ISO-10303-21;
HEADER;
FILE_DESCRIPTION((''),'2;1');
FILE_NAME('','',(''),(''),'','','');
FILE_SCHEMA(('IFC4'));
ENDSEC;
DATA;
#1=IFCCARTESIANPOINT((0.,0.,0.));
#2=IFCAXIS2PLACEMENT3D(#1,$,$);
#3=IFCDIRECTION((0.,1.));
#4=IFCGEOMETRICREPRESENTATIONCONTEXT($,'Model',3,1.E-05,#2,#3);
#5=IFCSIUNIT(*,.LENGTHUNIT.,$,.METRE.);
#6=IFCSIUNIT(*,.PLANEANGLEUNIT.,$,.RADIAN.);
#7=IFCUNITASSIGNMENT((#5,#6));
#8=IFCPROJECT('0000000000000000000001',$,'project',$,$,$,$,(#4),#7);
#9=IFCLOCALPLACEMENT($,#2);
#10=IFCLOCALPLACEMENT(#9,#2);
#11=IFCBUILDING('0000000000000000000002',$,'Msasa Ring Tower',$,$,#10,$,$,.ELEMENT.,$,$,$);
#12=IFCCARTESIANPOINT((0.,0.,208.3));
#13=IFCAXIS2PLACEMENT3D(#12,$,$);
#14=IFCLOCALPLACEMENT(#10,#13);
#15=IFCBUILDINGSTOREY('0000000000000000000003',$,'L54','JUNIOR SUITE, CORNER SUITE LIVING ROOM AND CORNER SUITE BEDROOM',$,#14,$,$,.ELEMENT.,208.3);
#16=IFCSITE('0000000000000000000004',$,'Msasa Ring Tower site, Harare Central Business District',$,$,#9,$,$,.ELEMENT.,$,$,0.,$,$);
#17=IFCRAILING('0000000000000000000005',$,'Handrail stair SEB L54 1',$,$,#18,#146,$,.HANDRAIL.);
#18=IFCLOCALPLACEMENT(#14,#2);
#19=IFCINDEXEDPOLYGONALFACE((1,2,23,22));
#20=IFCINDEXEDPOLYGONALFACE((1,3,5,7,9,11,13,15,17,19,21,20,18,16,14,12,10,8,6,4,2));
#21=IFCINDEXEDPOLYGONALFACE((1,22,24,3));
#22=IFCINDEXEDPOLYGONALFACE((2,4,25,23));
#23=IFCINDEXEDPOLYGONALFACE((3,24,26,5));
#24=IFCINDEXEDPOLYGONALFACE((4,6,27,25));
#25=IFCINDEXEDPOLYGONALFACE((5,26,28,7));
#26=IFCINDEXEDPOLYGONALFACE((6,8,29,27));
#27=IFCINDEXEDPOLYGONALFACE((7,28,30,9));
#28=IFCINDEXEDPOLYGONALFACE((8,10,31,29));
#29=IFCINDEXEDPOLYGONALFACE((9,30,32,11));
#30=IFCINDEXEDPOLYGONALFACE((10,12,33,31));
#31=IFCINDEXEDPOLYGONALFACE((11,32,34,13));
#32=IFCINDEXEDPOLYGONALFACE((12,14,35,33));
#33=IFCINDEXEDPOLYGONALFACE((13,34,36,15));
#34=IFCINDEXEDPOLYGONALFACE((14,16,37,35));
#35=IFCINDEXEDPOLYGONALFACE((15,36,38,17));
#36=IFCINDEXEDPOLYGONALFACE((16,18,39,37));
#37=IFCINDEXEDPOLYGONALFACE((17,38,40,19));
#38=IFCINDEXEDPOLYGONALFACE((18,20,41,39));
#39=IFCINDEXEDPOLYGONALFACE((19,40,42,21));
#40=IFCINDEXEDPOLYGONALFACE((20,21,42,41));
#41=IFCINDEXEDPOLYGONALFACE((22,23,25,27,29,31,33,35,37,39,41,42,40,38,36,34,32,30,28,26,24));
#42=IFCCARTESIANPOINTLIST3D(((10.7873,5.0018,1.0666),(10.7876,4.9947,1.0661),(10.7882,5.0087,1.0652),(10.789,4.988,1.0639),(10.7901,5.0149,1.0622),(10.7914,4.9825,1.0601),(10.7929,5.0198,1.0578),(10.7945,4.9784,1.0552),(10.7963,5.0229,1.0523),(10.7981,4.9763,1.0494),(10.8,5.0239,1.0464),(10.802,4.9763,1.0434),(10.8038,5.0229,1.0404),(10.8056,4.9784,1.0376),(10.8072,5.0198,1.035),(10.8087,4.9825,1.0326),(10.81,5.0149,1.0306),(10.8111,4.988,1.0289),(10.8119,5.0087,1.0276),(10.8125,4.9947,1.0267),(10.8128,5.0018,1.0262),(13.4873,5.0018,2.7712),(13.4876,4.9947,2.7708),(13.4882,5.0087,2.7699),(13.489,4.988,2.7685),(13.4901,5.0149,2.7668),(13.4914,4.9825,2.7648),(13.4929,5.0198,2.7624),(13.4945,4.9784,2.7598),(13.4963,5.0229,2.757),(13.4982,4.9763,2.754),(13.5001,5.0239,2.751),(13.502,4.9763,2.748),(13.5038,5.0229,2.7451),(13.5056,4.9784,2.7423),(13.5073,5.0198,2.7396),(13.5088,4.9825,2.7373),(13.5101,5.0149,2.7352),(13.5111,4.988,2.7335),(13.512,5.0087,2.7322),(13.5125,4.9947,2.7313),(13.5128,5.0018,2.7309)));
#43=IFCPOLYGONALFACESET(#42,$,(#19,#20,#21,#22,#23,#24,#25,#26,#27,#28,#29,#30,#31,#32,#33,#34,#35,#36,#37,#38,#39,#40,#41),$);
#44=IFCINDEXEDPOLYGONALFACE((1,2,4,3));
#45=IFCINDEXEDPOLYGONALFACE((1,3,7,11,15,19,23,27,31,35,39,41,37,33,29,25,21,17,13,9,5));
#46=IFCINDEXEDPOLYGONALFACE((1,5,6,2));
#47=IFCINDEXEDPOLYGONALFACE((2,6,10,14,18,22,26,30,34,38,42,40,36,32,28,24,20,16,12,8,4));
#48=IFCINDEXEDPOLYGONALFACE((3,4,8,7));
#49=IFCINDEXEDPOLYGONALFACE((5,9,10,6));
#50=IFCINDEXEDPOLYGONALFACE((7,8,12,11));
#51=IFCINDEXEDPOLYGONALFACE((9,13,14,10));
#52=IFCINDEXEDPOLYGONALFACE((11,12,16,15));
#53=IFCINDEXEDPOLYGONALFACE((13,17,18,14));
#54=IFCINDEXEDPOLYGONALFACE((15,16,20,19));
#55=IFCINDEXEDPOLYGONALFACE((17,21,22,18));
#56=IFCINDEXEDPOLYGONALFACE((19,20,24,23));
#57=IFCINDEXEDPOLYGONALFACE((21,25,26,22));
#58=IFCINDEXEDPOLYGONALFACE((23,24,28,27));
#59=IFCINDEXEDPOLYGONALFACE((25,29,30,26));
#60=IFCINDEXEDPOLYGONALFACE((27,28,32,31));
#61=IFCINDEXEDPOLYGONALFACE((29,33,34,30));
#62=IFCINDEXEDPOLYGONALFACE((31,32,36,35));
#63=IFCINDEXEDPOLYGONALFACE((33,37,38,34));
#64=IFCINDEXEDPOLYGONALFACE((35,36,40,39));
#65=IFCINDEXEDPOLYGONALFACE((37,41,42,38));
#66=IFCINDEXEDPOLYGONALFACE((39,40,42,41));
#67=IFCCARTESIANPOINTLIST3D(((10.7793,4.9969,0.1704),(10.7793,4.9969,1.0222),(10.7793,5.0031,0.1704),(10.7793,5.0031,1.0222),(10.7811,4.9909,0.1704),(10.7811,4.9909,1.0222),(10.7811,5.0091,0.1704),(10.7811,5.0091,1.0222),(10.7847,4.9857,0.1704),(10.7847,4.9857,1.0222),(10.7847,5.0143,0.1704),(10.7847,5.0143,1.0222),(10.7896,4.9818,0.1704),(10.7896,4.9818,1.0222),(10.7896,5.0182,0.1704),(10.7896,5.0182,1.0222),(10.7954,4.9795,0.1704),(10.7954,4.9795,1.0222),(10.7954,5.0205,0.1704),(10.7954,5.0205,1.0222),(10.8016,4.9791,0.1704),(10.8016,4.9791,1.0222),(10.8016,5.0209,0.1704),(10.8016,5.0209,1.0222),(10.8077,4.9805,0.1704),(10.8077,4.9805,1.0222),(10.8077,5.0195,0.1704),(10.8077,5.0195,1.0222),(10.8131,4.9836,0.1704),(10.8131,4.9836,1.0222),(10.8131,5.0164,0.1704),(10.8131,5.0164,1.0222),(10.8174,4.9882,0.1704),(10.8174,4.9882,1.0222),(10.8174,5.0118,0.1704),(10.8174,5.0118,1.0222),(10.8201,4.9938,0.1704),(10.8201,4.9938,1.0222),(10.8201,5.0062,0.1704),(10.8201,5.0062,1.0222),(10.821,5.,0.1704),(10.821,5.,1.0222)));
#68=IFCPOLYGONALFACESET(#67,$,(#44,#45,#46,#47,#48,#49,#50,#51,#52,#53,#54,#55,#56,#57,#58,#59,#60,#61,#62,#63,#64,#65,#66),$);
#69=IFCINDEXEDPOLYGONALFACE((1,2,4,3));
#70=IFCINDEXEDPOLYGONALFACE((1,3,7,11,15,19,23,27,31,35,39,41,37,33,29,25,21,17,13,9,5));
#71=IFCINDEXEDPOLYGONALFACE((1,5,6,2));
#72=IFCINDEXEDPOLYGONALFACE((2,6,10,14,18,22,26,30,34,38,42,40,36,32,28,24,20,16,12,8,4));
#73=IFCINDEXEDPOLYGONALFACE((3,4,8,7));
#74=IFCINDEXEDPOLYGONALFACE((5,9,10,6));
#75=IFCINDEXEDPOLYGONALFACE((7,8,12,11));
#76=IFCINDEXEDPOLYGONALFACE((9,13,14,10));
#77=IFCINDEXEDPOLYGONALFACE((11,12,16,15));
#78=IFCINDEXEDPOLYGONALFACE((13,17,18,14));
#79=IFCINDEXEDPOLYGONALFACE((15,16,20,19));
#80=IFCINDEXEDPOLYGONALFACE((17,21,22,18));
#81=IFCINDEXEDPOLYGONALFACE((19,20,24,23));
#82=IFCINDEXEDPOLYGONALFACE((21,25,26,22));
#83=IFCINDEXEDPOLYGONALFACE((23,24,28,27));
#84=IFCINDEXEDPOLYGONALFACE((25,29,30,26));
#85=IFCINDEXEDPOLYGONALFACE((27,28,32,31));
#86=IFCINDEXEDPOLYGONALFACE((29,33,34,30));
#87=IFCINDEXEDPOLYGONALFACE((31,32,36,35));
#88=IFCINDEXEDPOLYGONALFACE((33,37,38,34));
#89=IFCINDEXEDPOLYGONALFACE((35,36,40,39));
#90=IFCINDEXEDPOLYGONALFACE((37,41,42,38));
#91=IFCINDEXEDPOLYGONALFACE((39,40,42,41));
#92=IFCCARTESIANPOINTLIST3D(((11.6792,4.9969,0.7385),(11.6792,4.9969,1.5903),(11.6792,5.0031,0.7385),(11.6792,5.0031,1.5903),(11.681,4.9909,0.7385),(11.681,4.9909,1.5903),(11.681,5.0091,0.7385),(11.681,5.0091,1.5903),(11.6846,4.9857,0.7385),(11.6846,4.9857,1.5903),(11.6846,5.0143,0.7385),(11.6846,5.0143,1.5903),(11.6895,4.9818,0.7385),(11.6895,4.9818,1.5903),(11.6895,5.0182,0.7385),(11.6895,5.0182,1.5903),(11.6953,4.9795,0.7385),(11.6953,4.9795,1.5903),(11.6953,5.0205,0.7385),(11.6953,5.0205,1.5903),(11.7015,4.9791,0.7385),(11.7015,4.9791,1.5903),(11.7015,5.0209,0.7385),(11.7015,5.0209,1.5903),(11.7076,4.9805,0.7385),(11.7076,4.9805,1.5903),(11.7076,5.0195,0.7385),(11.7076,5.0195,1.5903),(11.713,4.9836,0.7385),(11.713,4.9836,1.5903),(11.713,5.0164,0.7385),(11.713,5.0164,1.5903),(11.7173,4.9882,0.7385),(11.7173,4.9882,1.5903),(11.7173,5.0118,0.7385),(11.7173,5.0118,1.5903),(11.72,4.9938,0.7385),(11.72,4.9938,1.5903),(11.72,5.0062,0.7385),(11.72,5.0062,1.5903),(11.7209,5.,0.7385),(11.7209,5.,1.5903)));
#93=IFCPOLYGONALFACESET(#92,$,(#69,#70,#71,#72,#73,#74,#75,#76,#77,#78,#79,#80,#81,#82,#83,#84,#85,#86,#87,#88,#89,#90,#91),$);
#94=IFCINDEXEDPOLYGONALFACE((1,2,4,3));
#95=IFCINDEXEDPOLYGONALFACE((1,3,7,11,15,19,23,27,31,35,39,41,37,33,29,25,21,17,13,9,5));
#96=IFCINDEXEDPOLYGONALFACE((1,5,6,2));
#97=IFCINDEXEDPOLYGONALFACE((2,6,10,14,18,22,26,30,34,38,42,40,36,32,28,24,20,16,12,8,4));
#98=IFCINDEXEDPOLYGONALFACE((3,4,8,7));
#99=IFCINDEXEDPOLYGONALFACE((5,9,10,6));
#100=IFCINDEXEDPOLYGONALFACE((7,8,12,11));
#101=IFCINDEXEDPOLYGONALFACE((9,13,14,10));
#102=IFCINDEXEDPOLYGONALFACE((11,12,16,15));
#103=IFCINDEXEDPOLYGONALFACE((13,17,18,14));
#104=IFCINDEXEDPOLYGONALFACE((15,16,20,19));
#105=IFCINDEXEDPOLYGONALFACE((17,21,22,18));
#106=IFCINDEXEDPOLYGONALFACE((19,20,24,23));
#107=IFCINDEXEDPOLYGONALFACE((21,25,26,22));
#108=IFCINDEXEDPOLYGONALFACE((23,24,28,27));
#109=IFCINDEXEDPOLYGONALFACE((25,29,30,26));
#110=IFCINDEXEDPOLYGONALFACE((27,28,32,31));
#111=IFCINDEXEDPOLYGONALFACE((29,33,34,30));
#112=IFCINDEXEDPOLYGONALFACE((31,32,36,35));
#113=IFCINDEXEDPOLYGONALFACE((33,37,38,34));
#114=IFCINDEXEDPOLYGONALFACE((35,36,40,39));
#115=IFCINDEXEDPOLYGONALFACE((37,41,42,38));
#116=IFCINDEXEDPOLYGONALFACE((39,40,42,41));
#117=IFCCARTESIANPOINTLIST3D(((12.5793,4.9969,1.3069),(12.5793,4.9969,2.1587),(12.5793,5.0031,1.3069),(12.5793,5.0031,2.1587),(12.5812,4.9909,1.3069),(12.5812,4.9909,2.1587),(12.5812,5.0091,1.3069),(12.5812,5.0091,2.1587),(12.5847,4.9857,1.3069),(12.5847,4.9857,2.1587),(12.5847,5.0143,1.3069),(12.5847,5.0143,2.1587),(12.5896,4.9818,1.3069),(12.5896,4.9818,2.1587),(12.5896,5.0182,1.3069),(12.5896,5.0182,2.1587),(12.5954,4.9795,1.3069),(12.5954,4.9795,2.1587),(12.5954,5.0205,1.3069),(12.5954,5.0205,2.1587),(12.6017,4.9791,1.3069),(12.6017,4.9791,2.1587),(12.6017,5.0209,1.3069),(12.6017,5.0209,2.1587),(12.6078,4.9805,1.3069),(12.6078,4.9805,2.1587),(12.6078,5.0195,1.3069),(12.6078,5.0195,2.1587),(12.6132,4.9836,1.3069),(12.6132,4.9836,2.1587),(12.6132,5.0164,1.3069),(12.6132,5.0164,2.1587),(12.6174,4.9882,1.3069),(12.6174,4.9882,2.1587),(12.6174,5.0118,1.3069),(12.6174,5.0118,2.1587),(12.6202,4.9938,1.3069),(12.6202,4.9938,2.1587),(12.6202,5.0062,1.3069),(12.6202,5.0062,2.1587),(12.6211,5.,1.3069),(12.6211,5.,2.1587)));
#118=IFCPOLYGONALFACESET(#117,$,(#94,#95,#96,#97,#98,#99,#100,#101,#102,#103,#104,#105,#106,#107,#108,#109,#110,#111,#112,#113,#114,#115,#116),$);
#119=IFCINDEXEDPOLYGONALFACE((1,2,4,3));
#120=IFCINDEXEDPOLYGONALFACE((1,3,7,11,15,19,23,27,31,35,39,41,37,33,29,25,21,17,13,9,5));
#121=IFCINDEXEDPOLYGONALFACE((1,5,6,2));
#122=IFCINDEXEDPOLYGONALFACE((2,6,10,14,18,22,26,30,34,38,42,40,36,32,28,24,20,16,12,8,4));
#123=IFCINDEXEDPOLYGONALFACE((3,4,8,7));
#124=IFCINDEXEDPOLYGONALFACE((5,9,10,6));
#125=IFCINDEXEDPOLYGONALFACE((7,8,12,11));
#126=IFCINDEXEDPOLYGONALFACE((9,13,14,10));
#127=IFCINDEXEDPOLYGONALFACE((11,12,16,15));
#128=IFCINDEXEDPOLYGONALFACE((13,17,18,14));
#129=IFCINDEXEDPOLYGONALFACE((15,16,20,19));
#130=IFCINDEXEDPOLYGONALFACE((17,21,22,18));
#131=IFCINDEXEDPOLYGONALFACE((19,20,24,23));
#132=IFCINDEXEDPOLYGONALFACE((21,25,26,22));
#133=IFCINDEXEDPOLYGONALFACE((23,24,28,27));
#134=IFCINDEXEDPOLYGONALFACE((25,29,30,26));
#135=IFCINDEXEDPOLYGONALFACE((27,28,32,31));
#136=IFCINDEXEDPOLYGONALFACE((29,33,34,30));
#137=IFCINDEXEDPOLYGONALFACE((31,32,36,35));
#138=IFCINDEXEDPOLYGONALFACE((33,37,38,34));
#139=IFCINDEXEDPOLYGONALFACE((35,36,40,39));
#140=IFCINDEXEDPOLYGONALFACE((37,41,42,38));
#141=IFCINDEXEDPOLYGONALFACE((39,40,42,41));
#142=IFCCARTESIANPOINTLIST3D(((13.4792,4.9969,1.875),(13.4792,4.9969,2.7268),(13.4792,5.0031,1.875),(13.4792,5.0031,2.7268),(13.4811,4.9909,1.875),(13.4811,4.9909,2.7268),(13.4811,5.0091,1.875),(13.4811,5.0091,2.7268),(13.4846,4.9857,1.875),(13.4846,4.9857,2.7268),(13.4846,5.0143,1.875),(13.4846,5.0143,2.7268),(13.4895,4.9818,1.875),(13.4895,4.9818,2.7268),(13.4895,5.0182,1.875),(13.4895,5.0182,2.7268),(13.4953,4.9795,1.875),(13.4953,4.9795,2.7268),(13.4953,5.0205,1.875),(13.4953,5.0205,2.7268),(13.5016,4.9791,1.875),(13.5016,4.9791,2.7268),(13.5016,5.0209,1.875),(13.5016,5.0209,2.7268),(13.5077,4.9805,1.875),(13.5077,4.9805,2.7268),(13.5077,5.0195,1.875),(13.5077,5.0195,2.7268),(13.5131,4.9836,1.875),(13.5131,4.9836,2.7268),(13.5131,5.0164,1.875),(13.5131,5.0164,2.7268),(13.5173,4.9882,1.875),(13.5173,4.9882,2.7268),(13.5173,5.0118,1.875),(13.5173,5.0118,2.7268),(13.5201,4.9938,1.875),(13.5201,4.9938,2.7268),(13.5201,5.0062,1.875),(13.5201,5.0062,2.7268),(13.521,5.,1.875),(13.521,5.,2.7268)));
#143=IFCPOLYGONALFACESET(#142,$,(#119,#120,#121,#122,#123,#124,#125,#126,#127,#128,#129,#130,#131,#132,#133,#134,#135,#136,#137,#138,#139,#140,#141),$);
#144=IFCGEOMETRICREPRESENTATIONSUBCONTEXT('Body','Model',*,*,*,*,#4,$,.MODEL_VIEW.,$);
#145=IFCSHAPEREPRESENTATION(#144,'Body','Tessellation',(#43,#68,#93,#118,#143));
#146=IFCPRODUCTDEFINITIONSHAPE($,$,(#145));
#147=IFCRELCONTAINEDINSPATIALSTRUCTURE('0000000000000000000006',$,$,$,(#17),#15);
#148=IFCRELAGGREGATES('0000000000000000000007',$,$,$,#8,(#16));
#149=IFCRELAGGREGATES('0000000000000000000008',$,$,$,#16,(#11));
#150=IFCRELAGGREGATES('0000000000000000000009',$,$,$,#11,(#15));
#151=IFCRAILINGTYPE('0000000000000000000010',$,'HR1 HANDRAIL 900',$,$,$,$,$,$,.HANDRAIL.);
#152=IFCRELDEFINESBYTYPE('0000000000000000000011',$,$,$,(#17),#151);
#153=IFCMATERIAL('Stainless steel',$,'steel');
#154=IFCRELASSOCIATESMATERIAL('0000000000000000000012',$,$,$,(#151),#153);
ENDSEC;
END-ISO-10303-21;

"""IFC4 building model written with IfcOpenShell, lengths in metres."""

from ifc_helpers import new_model, si_unit, direction, frame, origin, origin_2d, place, context, subcontext, project, spatial, circle, extrude, material, type_object, element, save


model = new_model("IFC4")

# Units and contexts
model_context = context("Model", 3, precision=1e-05, world=origin(), true_north=direction((0.0, 1.0)))
body_context = subcontext(model_context, "Body", "Model", "MODEL_VIEW")
ifc_project = project(units=[si_unit("LENGTHUNIT", "METRE"), si_unit("PLANEANGLEUNIT", "RADIAN")], contexts=[model_context])

# Site, building, storey
site_placement = place(None, origin())
site = spatial("IfcSite", under=ifc_project, at=site_placement, Name="Msasa Ring Tower site, Harare Central Business District", CompositionType="ELEMENT", RefElevation=0.0)
building_placement = place(site_placement, origin())
building = spatial("IfcBuilding", under=site, at=building_placement, Name="Msasa Ring Tower", CompositionType="ELEMENT")
storey_placement = place(building_placement, frame((0.0, 0.0, 208.3)))
storey = spatial("IfcBuildingStorey", under=building, at=storey_placement, Name="L54", Description="JUNIOR SUITE, CORNER SUITE LIVING ROOM AND CORNER SUITE BEDROOM", CompositionType="ELEMENT", Elevation=208.3)

# Railing
ifc_material_1 = material(Name="Stainless steel", Category="steel")
railing_type = type_object("IfcRailingType", Name="HR1 HANDRAIL 900", PredefinedType="HANDRAIL", material=ifc_material_1)
for number, where, name in (
    (1, (10.8, 5.0, 0.1704), "Handrail stair SEB L54 1"),
):
    element("IfcRailing", number, at=place(storey_placement, frame(where)), inside=storey, type_object=railing_type, Name=name, PredefinedType="HANDRAIL", context=body_context, shape_type="SweptSolid", body=[
        extrude(circle(Radius=0.0239, at=origin_2d()), frame((0.0, 0.0, 0.876), z_axis=(0.84558, 0.0, 0.533849), x_axis=(0.0, 1.0, 0.0)), (0.0, 0.0, 1.0), 3.1931),
        extrude(circle(Radius=0.021, at=origin_2d()), origin(), (0.0, 0.0, 1.0), 0.8518),
        extrude(circle(Radius=0.021, at=origin_2d()), frame((0.8999, 0.0, 0.5681)), (0.0, 0.0, 1.0), 0.8518),
        extrude(circle(Radius=0.021, at=origin_2d()), frame((1.8, 0.0, 1.1365)), (0.0, 0.0, 1.0), 0.8518),
        extrude(circle(Radius=0.021, at=origin_2d()), frame((2.7, 0.0, 1.7046)), (0.0, 0.0, 1.0), 0.8518),
    ])

save(model, "model.ifc")
